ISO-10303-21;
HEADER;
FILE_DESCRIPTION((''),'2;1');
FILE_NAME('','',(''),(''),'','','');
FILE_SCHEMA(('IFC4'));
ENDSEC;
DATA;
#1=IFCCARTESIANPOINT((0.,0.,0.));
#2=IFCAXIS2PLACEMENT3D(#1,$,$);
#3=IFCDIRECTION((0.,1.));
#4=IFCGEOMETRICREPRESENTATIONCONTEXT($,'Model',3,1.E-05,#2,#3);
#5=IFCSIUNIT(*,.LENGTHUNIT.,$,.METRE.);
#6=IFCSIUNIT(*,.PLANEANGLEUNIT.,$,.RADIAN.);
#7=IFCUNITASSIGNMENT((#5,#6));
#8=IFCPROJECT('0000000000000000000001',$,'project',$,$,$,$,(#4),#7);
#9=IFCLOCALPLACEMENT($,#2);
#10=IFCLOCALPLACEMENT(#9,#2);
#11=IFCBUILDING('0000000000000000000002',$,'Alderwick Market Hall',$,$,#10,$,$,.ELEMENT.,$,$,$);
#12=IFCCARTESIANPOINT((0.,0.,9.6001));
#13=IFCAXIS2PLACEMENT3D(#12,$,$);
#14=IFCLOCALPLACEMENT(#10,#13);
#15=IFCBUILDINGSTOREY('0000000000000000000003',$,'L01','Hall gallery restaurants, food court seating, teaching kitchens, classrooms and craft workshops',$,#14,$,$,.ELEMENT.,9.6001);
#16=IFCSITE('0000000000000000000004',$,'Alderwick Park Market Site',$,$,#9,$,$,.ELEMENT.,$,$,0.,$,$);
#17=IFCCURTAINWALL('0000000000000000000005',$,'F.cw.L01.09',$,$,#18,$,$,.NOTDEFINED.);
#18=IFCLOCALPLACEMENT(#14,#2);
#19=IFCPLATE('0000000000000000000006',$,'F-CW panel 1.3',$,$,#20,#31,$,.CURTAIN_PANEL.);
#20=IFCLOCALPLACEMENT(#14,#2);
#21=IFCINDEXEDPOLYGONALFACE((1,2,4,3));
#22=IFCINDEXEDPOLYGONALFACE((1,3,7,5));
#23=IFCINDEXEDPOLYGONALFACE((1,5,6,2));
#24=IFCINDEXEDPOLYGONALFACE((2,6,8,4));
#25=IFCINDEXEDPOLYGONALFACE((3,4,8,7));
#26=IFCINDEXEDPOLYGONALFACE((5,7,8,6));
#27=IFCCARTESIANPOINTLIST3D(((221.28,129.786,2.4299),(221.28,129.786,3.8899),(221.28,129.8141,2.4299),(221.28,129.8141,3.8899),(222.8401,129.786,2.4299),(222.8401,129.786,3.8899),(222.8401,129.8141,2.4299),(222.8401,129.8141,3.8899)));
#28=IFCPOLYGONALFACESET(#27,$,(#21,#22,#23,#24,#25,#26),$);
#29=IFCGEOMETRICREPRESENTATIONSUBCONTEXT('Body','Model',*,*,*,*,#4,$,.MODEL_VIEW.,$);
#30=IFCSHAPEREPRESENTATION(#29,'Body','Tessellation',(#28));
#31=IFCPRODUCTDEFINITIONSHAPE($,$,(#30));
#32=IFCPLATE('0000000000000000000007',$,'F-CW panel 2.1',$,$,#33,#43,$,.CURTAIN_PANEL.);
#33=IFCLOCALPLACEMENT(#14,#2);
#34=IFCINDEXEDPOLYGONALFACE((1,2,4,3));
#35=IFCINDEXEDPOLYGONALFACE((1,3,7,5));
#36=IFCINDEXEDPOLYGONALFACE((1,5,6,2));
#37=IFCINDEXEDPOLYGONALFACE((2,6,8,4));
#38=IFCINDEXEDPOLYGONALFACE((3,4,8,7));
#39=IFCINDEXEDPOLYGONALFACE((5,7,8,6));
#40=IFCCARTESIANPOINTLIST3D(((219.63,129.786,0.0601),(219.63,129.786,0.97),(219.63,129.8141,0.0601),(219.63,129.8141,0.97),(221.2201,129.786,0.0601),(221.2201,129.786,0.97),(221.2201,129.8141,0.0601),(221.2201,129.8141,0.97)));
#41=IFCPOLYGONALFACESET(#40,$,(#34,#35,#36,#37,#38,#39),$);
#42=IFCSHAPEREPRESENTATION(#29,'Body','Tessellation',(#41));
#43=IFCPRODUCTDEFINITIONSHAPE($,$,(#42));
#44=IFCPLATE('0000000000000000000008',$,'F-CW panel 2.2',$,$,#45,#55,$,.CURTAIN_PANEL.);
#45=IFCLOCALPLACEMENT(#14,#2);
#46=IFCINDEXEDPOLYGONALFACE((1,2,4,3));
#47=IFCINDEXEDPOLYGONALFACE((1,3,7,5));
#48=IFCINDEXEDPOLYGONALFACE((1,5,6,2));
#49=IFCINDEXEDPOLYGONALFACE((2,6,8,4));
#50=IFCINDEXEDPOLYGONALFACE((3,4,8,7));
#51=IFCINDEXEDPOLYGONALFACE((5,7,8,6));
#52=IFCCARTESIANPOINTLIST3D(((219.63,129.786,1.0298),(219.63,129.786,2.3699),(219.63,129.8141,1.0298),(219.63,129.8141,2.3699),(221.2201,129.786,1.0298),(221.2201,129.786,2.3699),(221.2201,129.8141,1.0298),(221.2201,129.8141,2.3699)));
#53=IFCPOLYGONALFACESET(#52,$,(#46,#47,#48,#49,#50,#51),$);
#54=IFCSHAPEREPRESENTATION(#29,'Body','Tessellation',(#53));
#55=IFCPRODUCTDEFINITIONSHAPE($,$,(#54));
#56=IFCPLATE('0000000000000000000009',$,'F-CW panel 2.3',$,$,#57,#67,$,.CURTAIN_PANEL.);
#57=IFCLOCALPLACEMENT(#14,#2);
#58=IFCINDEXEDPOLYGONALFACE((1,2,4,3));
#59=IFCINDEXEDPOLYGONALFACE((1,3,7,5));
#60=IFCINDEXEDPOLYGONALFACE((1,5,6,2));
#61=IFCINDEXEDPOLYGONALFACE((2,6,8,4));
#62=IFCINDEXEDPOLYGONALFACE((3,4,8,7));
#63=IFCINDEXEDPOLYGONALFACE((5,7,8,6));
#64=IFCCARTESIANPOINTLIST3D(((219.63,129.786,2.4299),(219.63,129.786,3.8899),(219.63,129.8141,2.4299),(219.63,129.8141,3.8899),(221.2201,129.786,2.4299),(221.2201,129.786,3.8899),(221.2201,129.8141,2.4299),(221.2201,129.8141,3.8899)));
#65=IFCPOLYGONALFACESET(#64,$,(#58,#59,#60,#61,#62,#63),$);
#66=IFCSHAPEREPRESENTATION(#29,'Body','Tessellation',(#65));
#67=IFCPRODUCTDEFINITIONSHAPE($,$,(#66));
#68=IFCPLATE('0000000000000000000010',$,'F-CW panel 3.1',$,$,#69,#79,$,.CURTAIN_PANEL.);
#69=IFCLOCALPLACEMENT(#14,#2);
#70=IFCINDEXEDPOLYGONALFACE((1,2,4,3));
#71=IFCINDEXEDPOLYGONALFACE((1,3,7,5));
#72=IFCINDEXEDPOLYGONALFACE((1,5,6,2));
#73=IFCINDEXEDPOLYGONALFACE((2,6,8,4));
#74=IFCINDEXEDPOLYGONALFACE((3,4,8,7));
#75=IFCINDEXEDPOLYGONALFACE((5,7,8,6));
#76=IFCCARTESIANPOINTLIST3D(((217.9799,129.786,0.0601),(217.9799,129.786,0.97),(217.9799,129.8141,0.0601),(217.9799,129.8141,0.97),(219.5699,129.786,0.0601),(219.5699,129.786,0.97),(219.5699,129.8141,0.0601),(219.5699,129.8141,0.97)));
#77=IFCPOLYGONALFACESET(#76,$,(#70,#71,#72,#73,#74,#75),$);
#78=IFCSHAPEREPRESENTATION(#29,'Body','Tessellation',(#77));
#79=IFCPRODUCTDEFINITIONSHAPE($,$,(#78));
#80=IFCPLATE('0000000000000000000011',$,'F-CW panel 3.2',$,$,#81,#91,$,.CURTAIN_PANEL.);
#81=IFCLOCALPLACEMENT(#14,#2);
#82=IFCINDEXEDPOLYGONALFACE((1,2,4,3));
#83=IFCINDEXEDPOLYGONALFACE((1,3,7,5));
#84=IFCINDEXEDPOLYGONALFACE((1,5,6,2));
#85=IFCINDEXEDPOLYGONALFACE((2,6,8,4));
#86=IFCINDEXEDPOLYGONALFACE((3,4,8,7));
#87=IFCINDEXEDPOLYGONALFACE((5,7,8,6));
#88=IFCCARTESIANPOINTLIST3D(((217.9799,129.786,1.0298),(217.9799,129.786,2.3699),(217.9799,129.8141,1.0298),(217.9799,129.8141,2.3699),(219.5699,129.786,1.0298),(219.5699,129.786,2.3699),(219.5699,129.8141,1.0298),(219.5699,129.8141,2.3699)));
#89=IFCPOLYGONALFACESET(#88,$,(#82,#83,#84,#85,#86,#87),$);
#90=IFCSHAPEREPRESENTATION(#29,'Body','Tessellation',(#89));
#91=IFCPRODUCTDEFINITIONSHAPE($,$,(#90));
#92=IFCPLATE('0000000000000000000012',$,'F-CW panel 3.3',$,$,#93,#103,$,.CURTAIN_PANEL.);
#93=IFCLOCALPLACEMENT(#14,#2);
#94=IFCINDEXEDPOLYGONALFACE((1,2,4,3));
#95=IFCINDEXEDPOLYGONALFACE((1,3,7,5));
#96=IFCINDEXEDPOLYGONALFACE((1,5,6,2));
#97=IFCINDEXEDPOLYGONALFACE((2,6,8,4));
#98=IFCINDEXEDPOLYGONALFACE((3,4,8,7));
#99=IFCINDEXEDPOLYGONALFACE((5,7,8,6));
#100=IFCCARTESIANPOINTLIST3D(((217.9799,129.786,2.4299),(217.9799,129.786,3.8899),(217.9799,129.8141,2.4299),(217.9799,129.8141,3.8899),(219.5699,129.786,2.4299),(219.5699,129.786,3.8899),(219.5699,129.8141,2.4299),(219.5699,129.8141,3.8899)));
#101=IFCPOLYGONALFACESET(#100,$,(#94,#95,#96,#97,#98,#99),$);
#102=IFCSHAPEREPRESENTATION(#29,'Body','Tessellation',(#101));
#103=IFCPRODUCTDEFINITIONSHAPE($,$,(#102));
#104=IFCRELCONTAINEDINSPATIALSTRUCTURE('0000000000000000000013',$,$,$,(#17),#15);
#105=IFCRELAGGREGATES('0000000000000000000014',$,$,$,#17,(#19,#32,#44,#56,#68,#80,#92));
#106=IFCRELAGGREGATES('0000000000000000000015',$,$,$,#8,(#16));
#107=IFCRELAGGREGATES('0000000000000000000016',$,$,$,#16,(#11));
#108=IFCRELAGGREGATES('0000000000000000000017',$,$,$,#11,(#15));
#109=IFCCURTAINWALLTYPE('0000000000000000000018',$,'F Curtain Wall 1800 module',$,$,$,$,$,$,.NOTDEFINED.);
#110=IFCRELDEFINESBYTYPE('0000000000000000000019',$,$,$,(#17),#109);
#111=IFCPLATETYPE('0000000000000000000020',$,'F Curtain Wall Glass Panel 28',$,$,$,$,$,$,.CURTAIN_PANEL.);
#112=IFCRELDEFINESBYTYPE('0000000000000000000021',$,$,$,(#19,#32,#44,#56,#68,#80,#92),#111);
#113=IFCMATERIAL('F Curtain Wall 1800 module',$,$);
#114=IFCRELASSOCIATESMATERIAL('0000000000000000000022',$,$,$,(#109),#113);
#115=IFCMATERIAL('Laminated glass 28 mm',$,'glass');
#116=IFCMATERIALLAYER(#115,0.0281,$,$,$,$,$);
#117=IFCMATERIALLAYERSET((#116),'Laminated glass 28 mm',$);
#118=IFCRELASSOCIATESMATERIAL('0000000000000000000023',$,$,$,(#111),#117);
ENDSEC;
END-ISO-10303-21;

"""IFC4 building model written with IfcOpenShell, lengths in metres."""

from ifc_helpers import new_model, si_unit, direction, frame, origin, origin_2d, place, context, subcontext, project, spatial, rectangle, extrude, material, layer, layer_set, type_object, element, aggregate, save


model = new_model("IFC4")

# Units and contexts
model_context = context("Model", 3, precision=1e-05, world=origin(), true_north=direction((0.0, 1.0)))
body_context = subcontext(model_context, "Body", "Model", "MODEL_VIEW")
ifc_project = project(units=[si_unit("LENGTHUNIT", "METRE"), si_unit("PLANEANGLEUNIT", "RADIAN")], contexts=[model_context])

# Site, building, storey
site_placement = place(None, origin())
site = spatial("IfcSite", under=ifc_project, at=site_placement, Name="Alderwick Park Market Site", CompositionType="ELEMENT", RefElevation=0.0)
building_placement = place(site_placement, origin())
building = spatial("IfcBuilding", under=site, at=building_placement, Name="Alderwick Market Hall", CompositionType="ELEMENT")
storey_placement = place(building_placement, frame((0.0, 0.0, 9.6001)))
storey = spatial("IfcBuildingStorey", under=building, at=storey_placement, Name="L01", Description="Hall gallery restaurants, food court seating, teaching kitchens, classrooms and craft workshops", CompositionType="ELEMENT", Elevation=9.6001)

# Curtain wall, plates
ifc_material_1 = material(Name="F Curtain Wall 1800 module")
curtain_wall_type = type_object("IfcCurtainWallType", Name="F Curtain Wall 1800 module", PredefinedType="NOTDEFINED", material=ifc_material_1)
curtain_wall_placement = place(storey_placement, origin())
curtain_wall = element("IfcCurtainWall", 1, at=curtain_wall_placement, inside=storey, type_object=curtain_wall_type, Name="F.cw.L01.09", PredefinedType="NOTDEFINED")
ifc_material_2 = material(Name="Laminated glass 28 mm", Category="glass")
ifc_layer = layer(ifc_material_2, 0.0281)
ifc_layer_set = layer_set([ifc_layer], Name="Laminated glass 28 mm")
plate_type = type_object("IfcPlateType", Name="F Curtain Wall Glass Panel 28", PredefinedType="CURTAIN_PANEL", material=ifc_layer_set)
plate_1_placement = place(storey_placement, frame((222.0601, 129.8, 2.4299), z_axis=(0.0, 0.0, 1.0), x_axis=(-1.0, 0.0, 0.0)))
plate_1 = element("IfcPlate", 2, at=plate_1_placement, type_object=plate_type, Name="F-CW panel 1.3", PredefinedType="CURTAIN_PANEL", context=body_context, shape_type="SweptSolid", body=[
    extrude(rectangle(XDim=1.5601, YDim=0.0281, at=origin_2d()), origin(), (0.0, 0.0, 1.0), 1.46),
])
plate_2_placement = place(storey_placement, frame((220.425, 129.8, 0.0601), z_axis=(0.0, 0.0, 1.0), x_axis=(-1.0, 0.0, 0.0)))
plate_2 = element("IfcPlate", 3, at=plate_2_placement, type_object=plate_type, Name="F-CW panel 2.1", PredefinedType="CURTAIN_PANEL", context=body_context, shape_type="SweptSolid", body=[
    extrude(rectangle(XDim=1.5901, YDim=0.0281, at=origin_2d()), origin(), (0.0, 0.0, 1.0), 0.9099),
])
plate_3_placement = place(storey_placement, frame((220.425, 129.8, 1.0298), z_axis=(0.0, 0.0, 1.0), x_axis=(-1.0, 0.0, 0.0)))
plate_3 = element("IfcPlate", 4, at=plate_3_placement, type_object=plate_type, Name="F-CW panel 2.2", PredefinedType="CURTAIN_PANEL", context=body_context, shape_type="SweptSolid", body=[
    extrude(rectangle(XDim=1.5901, YDim=0.0281, at=origin_2d()), origin(), (0.0, 0.0, 1.0), 1.3401),
])
plate_4_placement = place(storey_placement, frame((220.425, 129.8, 2.4299), z_axis=(0.0, 0.0, 1.0), x_axis=(-1.0, 0.0, 0.0)))
plate_4 = element("IfcPlate", 5, at=plate_4_placement, type_object=plate_type, Name="F-CW panel 2.3", PredefinedType="CURTAIN_PANEL", context=body_context, shape_type="SweptSolid", body=[
    extrude(rectangle(XDim=1.5901, YDim=0.0281, at=origin_2d()), origin(), (0.0, 0.0, 1.0), 1.46),
])
plate_5_placement = place(storey_placement, frame((218.7749, 129.8, 0.0601), z_axis=(0.0, 0.0, 1.0), x_axis=(-1.0, 0.0, 0.0)))
plate_5 = element("IfcPlate", 6, at=plate_5_placement, type_object=plate_type, Name="F-CW panel 3.1", PredefinedType="CURTAIN_PANEL", context=body_context, shape_type="SweptSolid", body=[
    extrude(rectangle(XDim=1.5901, YDim=0.0281, at=origin_2d()), origin(), (0.0, 0.0, 1.0), 0.9099),
])
plate_6_placement = place(storey_placement, frame((218.7749, 129.8, 1.0298), z_axis=(0.0, 0.0, 1.0), x_axis=(-1.0, 0.0, 0.0)))
plate_6 = element("IfcPlate", 7, at=plate_6_placement, type_object=plate_type, Name="F-CW panel 3.2", PredefinedType="CURTAIN_PANEL", context=body_context, shape_type="SweptSolid", body=[
    extrude(rectangle(XDim=1.5901, YDim=0.0281, at=origin_2d()), origin(), (0.0, 0.0, 1.0), 1.3401),
])
plate_7_placement = place(storey_placement, frame((218.7749, 129.8, 2.4299), z_axis=(0.0, 0.0, 1.0), x_axis=(-1.0, 0.0, 0.0)))
plate_7 = element("IfcPlate", 8, at=plate_7_placement, type_object=plate_type, Name="F-CW panel 3.3", PredefinedType="CURTAIN_PANEL", context=body_context, shape_type="SweptSolid", body=[
    extrude(rectangle(XDim=1.5901, YDim=0.0281, at=origin_2d()), origin(), (0.0, 0.0, 1.0), 1.46),
])
aggregate(curtain_wall, [plate_1, plate_2, plate_3, plate_4, plate_5, plate_6, plate_7])

save(model, "model.ifc")
